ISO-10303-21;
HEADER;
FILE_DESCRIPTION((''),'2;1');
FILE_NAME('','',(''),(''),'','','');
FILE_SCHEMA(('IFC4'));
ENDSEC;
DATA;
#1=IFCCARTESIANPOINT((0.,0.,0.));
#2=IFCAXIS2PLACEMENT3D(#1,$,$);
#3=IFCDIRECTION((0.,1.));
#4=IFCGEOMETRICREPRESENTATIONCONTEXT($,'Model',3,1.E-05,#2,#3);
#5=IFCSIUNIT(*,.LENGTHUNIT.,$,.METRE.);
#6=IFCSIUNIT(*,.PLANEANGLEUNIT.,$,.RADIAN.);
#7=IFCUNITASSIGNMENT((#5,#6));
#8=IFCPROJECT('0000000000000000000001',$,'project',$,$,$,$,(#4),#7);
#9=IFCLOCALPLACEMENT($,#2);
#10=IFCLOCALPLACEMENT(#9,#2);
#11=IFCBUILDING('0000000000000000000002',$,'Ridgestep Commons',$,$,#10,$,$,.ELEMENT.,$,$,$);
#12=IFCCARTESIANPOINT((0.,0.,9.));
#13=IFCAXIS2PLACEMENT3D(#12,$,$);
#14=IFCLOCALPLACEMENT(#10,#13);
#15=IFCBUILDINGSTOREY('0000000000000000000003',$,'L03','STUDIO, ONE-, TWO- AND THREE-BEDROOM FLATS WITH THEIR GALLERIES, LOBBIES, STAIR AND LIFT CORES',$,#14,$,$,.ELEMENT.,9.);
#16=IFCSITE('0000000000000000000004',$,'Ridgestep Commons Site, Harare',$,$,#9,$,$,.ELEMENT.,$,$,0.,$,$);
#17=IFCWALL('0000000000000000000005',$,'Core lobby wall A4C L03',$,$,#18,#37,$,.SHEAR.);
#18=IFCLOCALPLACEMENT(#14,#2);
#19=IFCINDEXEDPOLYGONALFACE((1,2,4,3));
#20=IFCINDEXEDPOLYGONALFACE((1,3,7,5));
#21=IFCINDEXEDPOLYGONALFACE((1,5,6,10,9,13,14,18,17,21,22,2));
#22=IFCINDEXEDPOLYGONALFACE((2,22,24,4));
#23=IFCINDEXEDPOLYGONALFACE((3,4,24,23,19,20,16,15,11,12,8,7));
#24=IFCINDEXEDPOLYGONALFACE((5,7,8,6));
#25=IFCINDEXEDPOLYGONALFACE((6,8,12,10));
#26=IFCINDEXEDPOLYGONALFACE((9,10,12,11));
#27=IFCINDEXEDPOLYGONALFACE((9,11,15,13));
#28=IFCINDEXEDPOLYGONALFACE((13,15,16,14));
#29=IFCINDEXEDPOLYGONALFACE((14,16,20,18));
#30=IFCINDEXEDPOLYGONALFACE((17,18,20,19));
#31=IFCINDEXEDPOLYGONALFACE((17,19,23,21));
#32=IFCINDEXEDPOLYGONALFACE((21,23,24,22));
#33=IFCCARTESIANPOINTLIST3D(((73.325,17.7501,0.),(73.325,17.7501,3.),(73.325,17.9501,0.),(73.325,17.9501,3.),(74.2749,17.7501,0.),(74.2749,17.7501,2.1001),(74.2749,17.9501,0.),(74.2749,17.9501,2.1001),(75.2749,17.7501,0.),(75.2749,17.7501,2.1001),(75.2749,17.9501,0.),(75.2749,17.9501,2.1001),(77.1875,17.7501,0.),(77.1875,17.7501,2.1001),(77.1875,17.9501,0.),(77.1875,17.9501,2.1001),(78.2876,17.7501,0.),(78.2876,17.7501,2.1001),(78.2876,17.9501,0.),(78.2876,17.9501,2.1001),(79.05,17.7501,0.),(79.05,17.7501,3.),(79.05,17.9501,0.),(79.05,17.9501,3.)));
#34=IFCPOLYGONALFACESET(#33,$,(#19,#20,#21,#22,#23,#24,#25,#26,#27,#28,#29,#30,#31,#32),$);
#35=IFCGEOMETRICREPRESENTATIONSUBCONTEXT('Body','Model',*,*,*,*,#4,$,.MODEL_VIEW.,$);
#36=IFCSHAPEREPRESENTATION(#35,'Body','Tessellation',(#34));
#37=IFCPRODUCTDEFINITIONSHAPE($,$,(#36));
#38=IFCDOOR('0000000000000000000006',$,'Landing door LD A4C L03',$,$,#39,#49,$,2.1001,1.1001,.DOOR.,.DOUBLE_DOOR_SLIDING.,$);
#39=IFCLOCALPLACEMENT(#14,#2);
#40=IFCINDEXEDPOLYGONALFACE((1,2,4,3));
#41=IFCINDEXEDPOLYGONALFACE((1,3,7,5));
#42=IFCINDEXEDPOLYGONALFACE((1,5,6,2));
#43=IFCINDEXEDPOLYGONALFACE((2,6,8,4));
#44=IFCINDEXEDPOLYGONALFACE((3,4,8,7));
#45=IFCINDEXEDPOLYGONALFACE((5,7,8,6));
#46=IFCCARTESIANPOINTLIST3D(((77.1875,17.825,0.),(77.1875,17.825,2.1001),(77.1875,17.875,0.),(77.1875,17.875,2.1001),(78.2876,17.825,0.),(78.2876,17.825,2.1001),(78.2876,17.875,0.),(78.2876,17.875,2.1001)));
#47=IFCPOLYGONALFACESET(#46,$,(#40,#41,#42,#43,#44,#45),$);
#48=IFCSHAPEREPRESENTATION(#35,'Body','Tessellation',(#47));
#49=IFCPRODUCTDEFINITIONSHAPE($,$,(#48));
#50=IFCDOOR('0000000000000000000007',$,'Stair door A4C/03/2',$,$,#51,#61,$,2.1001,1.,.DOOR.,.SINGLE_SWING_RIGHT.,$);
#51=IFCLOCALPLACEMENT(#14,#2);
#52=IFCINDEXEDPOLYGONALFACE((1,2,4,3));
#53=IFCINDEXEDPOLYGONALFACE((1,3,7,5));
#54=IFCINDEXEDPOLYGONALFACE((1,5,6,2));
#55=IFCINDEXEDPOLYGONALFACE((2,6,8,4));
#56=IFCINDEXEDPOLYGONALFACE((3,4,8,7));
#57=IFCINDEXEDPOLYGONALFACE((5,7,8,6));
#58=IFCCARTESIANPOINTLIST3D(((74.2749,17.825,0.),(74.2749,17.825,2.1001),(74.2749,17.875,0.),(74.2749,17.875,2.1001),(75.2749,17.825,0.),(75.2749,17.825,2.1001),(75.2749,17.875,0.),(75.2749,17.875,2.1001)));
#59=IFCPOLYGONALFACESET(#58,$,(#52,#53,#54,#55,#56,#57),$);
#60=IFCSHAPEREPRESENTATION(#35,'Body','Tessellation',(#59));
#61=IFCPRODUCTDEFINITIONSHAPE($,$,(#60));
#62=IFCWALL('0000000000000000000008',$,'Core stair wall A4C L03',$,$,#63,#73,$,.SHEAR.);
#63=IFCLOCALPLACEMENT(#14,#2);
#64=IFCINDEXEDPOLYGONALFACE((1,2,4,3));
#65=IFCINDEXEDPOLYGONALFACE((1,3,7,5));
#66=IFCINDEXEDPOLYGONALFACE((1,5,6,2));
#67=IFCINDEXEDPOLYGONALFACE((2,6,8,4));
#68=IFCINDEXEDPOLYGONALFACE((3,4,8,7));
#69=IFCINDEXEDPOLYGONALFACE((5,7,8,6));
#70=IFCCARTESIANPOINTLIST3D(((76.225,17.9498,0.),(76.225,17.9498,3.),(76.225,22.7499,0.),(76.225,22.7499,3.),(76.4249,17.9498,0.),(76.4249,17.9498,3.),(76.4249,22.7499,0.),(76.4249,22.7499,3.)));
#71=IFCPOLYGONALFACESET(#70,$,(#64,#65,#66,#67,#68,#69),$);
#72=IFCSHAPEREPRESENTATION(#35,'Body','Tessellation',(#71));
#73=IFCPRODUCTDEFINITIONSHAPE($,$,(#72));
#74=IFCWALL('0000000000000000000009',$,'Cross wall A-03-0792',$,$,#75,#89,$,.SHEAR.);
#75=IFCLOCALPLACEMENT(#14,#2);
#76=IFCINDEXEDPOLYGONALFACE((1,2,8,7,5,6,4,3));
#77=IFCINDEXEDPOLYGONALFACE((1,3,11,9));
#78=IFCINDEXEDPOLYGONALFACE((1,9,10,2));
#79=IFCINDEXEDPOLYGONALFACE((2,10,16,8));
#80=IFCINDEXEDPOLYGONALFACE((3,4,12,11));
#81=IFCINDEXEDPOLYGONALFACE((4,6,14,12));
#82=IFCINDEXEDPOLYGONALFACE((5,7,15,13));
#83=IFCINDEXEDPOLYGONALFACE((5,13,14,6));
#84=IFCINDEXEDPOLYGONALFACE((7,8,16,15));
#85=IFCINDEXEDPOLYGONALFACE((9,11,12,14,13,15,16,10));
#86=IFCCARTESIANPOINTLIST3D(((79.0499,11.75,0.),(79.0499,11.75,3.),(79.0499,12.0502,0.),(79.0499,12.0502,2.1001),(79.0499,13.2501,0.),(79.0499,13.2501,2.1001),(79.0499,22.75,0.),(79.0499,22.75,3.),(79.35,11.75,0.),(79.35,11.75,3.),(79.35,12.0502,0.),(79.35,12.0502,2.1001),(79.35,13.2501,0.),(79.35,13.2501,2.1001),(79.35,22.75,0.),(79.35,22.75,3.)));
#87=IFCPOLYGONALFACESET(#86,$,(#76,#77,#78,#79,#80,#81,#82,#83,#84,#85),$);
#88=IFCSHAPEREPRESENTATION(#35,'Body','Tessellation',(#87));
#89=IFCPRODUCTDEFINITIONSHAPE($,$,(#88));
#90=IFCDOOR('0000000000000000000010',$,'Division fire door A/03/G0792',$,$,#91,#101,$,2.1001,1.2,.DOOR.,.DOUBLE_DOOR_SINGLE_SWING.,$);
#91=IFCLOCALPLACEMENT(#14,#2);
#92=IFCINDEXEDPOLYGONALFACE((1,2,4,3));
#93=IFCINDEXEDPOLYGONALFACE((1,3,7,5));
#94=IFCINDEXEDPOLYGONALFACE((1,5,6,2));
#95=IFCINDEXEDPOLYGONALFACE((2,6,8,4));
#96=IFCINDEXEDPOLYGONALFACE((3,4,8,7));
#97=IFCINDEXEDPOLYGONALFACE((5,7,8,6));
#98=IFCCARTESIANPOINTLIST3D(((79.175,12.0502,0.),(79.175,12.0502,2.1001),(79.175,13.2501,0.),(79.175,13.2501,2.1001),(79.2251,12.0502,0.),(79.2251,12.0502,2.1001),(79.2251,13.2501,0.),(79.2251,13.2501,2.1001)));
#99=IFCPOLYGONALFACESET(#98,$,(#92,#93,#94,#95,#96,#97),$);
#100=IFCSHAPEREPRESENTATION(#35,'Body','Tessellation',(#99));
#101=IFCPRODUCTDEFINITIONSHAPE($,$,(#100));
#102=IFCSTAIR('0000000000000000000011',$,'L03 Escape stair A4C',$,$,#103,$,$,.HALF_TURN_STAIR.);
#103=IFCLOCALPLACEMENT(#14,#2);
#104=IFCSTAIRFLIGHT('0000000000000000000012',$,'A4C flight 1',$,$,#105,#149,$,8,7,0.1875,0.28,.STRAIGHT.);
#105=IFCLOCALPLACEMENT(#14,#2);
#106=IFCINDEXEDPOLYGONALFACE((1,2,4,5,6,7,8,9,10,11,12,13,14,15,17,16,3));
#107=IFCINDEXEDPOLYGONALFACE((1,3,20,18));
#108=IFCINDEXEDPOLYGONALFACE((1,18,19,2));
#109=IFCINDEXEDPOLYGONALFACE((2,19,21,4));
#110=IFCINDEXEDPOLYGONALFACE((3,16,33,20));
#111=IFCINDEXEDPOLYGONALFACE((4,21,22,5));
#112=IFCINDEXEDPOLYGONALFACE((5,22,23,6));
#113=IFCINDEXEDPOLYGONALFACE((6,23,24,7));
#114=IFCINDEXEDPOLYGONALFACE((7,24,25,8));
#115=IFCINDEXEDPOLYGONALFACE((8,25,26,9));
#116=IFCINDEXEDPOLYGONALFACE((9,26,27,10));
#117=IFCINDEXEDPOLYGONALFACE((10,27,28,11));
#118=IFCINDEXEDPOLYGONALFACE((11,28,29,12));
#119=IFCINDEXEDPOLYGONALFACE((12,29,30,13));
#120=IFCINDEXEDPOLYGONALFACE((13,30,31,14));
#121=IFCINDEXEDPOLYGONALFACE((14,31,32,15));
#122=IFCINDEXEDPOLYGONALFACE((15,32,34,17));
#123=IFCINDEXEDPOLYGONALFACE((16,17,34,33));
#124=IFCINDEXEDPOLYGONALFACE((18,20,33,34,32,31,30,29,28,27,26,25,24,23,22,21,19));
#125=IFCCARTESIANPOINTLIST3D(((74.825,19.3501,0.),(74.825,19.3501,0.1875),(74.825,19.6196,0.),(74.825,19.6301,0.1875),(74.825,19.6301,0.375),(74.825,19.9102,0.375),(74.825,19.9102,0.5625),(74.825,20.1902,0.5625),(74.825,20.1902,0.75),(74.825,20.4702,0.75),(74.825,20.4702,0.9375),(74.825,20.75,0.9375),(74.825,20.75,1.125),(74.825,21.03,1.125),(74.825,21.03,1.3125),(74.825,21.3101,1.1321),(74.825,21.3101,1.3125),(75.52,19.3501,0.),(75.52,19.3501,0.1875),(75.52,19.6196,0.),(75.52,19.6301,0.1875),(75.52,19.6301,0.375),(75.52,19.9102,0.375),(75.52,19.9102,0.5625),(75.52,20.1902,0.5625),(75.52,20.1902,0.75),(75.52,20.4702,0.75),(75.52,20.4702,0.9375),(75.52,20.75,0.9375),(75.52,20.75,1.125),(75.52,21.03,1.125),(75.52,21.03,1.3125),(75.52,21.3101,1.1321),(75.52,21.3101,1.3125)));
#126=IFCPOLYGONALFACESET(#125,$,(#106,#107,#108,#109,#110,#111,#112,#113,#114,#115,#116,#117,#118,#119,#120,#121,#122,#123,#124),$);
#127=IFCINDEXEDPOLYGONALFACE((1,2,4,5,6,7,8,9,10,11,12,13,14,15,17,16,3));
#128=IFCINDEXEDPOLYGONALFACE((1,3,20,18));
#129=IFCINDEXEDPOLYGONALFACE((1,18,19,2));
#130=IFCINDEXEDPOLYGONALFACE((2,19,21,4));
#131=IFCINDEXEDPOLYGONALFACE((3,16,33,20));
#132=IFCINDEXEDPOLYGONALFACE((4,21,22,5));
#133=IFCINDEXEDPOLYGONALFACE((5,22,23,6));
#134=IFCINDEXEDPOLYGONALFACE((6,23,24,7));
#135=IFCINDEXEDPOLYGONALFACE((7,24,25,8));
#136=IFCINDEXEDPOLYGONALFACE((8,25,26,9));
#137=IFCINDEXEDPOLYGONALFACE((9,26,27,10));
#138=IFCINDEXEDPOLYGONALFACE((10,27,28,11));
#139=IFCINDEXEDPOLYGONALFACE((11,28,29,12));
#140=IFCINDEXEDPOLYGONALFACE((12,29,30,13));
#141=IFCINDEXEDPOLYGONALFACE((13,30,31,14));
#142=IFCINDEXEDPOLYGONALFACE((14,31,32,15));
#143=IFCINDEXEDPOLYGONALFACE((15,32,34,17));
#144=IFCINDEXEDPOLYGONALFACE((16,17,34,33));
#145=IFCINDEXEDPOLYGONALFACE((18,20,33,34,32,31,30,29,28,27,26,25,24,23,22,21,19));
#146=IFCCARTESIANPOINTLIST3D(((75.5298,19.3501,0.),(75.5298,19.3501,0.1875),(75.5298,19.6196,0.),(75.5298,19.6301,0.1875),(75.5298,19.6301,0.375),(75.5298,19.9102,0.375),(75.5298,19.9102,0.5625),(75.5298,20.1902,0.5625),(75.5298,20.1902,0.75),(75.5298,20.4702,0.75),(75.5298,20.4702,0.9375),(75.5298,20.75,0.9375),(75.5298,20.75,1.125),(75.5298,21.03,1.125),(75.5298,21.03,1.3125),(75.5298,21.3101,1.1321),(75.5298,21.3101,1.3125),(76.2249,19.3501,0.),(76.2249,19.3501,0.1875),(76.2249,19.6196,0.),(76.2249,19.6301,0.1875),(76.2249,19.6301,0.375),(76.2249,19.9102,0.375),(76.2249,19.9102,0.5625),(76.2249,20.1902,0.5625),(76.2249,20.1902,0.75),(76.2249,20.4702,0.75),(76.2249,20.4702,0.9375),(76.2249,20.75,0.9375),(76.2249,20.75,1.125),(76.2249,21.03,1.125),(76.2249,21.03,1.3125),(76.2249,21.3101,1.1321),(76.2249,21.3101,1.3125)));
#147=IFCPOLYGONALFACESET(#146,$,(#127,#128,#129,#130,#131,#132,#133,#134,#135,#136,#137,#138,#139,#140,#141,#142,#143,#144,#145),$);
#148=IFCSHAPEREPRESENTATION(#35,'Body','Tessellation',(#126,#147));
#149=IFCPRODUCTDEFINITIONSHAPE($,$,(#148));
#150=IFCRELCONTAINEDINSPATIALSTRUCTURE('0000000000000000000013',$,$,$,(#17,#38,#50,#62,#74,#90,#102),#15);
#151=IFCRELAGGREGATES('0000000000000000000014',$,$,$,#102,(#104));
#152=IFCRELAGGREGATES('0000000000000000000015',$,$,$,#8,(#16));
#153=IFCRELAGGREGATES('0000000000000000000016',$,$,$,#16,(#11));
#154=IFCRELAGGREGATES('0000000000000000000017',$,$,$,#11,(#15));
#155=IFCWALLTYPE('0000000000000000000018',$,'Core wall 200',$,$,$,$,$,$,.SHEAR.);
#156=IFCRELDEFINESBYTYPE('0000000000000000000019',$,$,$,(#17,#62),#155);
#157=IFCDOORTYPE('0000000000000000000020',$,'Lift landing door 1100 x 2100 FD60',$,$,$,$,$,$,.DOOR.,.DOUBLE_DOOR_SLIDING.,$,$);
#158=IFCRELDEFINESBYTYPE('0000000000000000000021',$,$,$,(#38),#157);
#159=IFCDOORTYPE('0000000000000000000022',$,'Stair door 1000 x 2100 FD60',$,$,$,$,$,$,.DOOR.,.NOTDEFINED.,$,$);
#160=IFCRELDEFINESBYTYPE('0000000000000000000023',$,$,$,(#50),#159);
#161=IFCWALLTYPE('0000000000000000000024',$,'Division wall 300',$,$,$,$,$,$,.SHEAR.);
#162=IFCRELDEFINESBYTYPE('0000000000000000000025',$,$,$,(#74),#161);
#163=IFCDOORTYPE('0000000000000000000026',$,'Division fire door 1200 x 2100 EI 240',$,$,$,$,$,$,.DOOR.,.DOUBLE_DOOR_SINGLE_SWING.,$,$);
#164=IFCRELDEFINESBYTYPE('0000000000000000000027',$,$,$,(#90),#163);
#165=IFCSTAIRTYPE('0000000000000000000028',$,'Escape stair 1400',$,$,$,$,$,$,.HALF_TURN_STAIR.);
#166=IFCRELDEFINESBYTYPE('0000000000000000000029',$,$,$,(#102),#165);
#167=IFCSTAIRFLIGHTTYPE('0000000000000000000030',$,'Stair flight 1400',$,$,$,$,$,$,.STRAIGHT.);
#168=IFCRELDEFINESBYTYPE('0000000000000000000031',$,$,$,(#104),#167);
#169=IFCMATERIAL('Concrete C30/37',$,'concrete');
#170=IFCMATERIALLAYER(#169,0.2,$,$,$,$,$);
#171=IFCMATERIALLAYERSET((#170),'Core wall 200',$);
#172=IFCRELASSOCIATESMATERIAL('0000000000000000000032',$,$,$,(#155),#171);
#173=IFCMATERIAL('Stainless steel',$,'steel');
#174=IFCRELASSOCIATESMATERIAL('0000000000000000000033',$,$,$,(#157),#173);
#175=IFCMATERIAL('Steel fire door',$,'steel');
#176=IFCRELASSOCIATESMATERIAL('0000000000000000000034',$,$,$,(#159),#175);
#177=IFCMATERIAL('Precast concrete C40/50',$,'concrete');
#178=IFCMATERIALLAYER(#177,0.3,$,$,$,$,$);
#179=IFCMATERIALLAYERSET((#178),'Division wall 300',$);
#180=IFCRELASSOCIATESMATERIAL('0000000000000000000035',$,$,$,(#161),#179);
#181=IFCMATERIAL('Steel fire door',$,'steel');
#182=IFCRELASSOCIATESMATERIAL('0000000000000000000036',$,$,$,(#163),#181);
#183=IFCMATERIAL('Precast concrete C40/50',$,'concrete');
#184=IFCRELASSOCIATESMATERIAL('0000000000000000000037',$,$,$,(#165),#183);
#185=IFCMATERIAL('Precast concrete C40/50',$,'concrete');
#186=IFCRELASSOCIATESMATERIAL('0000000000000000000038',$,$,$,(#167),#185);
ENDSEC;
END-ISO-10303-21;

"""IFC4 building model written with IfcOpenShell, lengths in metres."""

from ifc_helpers import new_model, si_unit, direction, frame, frame_2d, origin, place, context, subcontext, project, spatial, polyline, rectangle, outline, extrude, material, layer, layer_set, type_object, element, fill, aggregate, save


model = new_model("IFC4")

# Units and contexts
model_context = context("Model", 3, precision=1e-05, world=origin(), true_north=direction((0.0, 1.0)))
body_context = subcontext(model_context, "Body", "Model", "MODEL_VIEW")
ifc_project = project(units=[si_unit("LENGTHUNIT", "METRE"), si_unit("PLANEANGLEUNIT", "RADIAN")], contexts=[model_context])

# Site, building, storey
site_placement = place(None, origin())
site = spatial("IfcSite", under=ifc_project, at=site_placement, Name="Ridgestep Commons Site, Harare", CompositionType="ELEMENT", RefElevation=0.0)
building_placement = place(site_placement, origin())
building = spatial("IfcBuilding", under=site, at=building_placement, Name="Ridgestep Commons", CompositionType="ELEMENT")
storey_placement = place(building_placement, frame((0.0, 0.0, 9.0)))
storey = spatial("IfcBuildingStorey", under=building, at=storey_placement, Name="L03", Description="STUDIO, ONE-, TWO- AND THREE-BEDROOM FLATS WITH THEIR GALLERIES, LOBBIES, STAIR AND LIFT CORES", CompositionType="ELEMENT", Elevation=9.0)

# Wall, openings, doors
ifc_material_1 = material(Name="Concrete C30/37", Category="concrete")
ifc_layer_1 = layer(ifc_material_1, 0.2)
ifc_layer_set_1 = layer_set([ifc_layer_1], Name="Core wall 200")
wall_type_1 = type_object("IfcWallType", Name="Core wall 200", PredefinedType="SHEAR", material=ifc_layer_set_1)
wall_1_placement = place(storey_placement, frame((73.325, 17.8501, 0.0), z_axis=(0.0, 0.0, 1.0), x_axis=(1.0, 0.0, 0.0)))
wall_1 = element("IfcWall", 1, at=wall_1_placement, inside=storey, type_object=wall_type_1, Name="Core lobby wall A4C L03", PredefinedType="SHEAR", context=body_context, shape_type="SweptSolid", body=[
    extrude(rectangle(XDim=5.7251, YDim=0.2, at=frame_2d((2.8625, 0.0))), origin(), (0.0, 0.0, 1.0), 3.0),
])
opening_1_placement = place(wall_1_placement, frame((0.95, 0.0, 0.0)))
opening_1 = element("IfcOpeningElement", 2, at=opening_1_placement, cuts=wall_1, PredefinedType="OPENING", context=body_context, shape_type="SweptSolid", body=[
    extrude(rectangle(XDim=1.0, YDim=2.1001, at=frame_2d((0.5, 1.05))), frame((0.0, 0.1099, 0.0), z_axis=(0.0, -1.0, 0.0), x_axis=(1.0, 0.0, 0.0)), (0.0, 0.0, 1.0), 0.22),
])
opening_2_placement = place(wall_1_placement, frame((3.8625, 0.0, 0.0)))
opening_2 = element("IfcOpeningElement", 3, at=opening_2_placement, cuts=wall_1, PredefinedType="OPENING", context=body_context, shape_type="SweptSolid", body=[
    extrude(rectangle(XDim=1.1001, YDim=2.1001, at=frame_2d((0.55, 1.05))), frame((0.0, 0.1099, 0.0), z_axis=(0.0, -1.0, 0.0), x_axis=(1.0, 0.0, 0.0)), (0.0, 0.0, 1.0), 0.22),
])
ifc_material_2 = material(Name="Stainless steel", Category="steel")
door_type_1 = type_object("IfcDoorType", Name="Lift landing door 1100 x 2100 FD60", OperationType="DOUBLE_DOOR_SLIDING", PredefinedType="DOOR", material=ifc_material_2)
door_1_placement = place(opening_2_placement, origin())
door_1 = element("IfcDoor", 4, at=door_1_placement, inside=storey, type_object=door_type_1, Name="Landing door LD A4C L03", OperationType="DOUBLE_DOOR_SLIDING", OverallHeight=2.1001, OverallWidth=1.1001, PredefinedType="DOOR", context=body_context, shape_type="SweptSolid", body=[
    extrude(rectangle(XDim=1.1001, YDim=2.1001, at=frame_2d((0.55, 1.05))), frame((0.0, 0.0249, 0.0), z_axis=(0.0, -1.0, 0.0), x_axis=(1.0, 0.0, 0.0)), (0.0, 0.0, 1.0), 0.05),
])
fill(opening_2, door_1)
ifc_material_3 = material(Name="Steel fire door", Category="steel")
door_type_2 = type_object("IfcDoorType", Name="Stair door 1000 x 2100 FD60", OperationType="NOTDEFINED", PredefinedType="DOOR", material=ifc_material_3)
door_2_placement = place(opening_1_placement, origin())
door_2 = element("IfcDoor", 5, at=door_2_placement, inside=storey, type_object=door_type_2, Name="Stair door A4C/03/2", OperationType="SINGLE_SWING_RIGHT", OverallHeight=2.1001, OverallWidth=1.0, PredefinedType="DOOR", context=body_context, shape_type="SweptSolid", body=[
    extrude(rectangle(XDim=1.0, YDim=2.1001, at=frame_2d((0.5, 1.05))), frame((0.0, 0.0249, 0.0), z_axis=(0.0, -1.0, 0.0), x_axis=(1.0, 0.0, 0.0)), (0.0, 0.0, 1.0), 0.05),
])
fill(opening_1, door_2)

# Wall
wall_2_placement = place(storey_placement, frame((76.325, 17.95, 0.0), z_axis=(0.0, 0.0, 1.0), x_axis=(0.0, 1.0, 0.0)))
element("IfcWall", 6, at=wall_2_placement, inside=storey, type_object=wall_type_1, Name="Core stair wall A4C L03", PredefinedType="SHEAR", context=body_context, shape_type="SweptSolid", body=[
    extrude(rectangle(XDim=4.8, YDim=0.2, at=frame_2d((2.3999, 0.0))), origin(), (0.0, 0.0, 1.0), 3.0),
])

# Wall, opening, door
ifc_material_4 = material(Name="Precast concrete C40/50", Category="concrete")
ifc_layer_2 = layer(ifc_material_4, 0.3)
ifc_layer_set_2 = layer_set([ifc_layer_2], Name="Division wall 300")
wall_type_2 = type_object("IfcWallType", Name="Division wall 300", PredefinedType="SHEAR", material=ifc_layer_set_2)
wall_3_placement = place(storey_placement, frame((79.2, 11.75, 0.0), z_axis=(0.0, 0.0, 1.0), x_axis=(0.0, 1.0, 0.0)))
wall_3 = element("IfcWall", 7, at=wall_3_placement, inside=storey, type_object=wall_type_2, Name="Cross wall A-03-0792", PredefinedType="SHEAR", context=body_context, shape_type="SweptSolid", body=[
    extrude(rectangle(XDim=11.0, YDim=0.3, at=frame_2d((5.5, 0.0))), origin(), (0.0, 0.0, 1.0), 3.0),
])
opening_3_placement = place(wall_3_placement, frame((0.3, 0.0, 0.0)))
opening_3 = element("IfcOpeningElement", 8, at=opening_3_placement, cuts=wall_3, PredefinedType="OPENING", context=body_context, shape_type="SweptSolid", body=[
    extrude(rectangle(XDim=1.2, YDim=2.1001, at=frame_2d((0.6001, 1.05))), frame((0.0, 0.1599, 0.0), z_axis=(0.0, -1.0, 0.0), x_axis=(1.0, 0.0, 0.0)), (0.0, 0.0, 1.0), 0.3201),
])
ifc_material_5 = material(Name="Steel fire door", Category="steel")
door_type_3 = type_object("IfcDoorType", Name="Division fire door 1200 x 2100 EI 240", OperationType="DOUBLE_DOOR_SINGLE_SWING", PredefinedType="DOOR", material=ifc_material_5)
door_3_placement = place(opening_3_placement, origin())
door_3 = element("IfcDoor", 9, at=door_3_placement, inside=storey, type_object=door_type_3, Name="Division fire door A/03/G0792", OperationType="DOUBLE_DOOR_SINGLE_SWING", OverallHeight=2.1001, OverallWidth=1.2, PredefinedType="DOOR", context=body_context, shape_type="SweptSolid", body=[
    extrude(rectangle(XDim=1.2, YDim=2.1001, at=frame_2d((0.6001, 1.05))), frame((0.0, 0.0249, 0.0), z_axis=(0.0, -1.0, 0.0), x_axis=(1.0, 0.0, 0.0)), (0.0, 0.0, 1.0), 0.05),
])
fill(opening_3, door_3)

# Stair, stair flight
ifc_material_6 = material(Name="Precast concrete C40/50", Category="concrete")
stair_type = type_object("IfcStairType", Name="Escape stair 1400", PredefinedType="HALF_TURN_STAIR", material=ifc_material_6)
stair_placement = place(storey_placement, origin())
stair = element("IfcStair", 10, at=stair_placement, inside=storey, type_object=stair_type, Name="L03 Escape stair A4C", PredefinedType="HALF_TURN_STAIR")
ifc_material_7 = material(Name="Precast concrete C40/50", Category="concrete")
stair_flight_type = type_object("IfcStairFlightType", Name="Stair flight 1400", PredefinedType="STRAIGHT", material=ifc_material_7)
stair_flight_placement = place(storey_placement, frame((75.5249, 19.3501, 0.0), z_axis=(0.0, 0.0, 1.0), x_axis=(0.0, 1.0, 0.0)))
stair_flight = element("IfcStairFlight", 11, at=stair_flight_placement, type_object=stair_flight_type, Name="A4C flight 1", NumberOfRisers=8, NumberOfTreads=7, PredefinedType="STRAIGHT", RiserHeight=0.1875, TreadLength=0.28, context=body_context, shape_type="SweptSolid", body=[
    extrude(outline(polyline([(0.0, 0.0), (0.0, 0.1875), (0.28, 0.1875), (0.28, 0.375), (0.5601, 0.375), (0.5601, 0.5625), (0.8401, 0.5625), (0.8401, 0.75), (1.1201, 0.75), (1.1201, 0.9375), (1.3999, 0.9375), (1.3999, 1.125), (1.6799, 1.125), (1.6799, 1.3125), (1.96, 1.3125), (1.96, 1.5), (1.96, 1.1321), (0.2695, 0.0), (0.0, 0.0)])), frame((0.0, 0.7, 0.0), z_axis=(0.0, -1.0, 0.0), x_axis=(1.0, 0.0, 0.0)), (0.0, 0.0, 1.0), 0.6951),
    extrude(outline(polyline([(0.0, 0.0), (0.0, 0.1875), (0.28, 0.1875), (0.28, 0.375), (0.5601, 0.375), (0.5601, 0.5625), (0.8401, 0.5625), (0.8401, 0.75), (1.1201, 0.75), (1.1201, 0.9375), (1.3999, 0.9375), (1.3999, 1.125), (1.6799, 1.125), (1.6799, 1.3125), (1.96, 1.3125), (1.96, 1.5), (1.96, 1.1321), (0.2695, 0.0), (0.0, 0.0)])), frame((0.0, -0.0049, 0.0), z_axis=(0.0, -1.0, 0.0), x_axis=(1.0, 0.0, 0.0)), (0.0, 0.0, 1.0), 0.6951),
])
aggregate(stair, [stair_flight])

save(model, "model.ifc")
